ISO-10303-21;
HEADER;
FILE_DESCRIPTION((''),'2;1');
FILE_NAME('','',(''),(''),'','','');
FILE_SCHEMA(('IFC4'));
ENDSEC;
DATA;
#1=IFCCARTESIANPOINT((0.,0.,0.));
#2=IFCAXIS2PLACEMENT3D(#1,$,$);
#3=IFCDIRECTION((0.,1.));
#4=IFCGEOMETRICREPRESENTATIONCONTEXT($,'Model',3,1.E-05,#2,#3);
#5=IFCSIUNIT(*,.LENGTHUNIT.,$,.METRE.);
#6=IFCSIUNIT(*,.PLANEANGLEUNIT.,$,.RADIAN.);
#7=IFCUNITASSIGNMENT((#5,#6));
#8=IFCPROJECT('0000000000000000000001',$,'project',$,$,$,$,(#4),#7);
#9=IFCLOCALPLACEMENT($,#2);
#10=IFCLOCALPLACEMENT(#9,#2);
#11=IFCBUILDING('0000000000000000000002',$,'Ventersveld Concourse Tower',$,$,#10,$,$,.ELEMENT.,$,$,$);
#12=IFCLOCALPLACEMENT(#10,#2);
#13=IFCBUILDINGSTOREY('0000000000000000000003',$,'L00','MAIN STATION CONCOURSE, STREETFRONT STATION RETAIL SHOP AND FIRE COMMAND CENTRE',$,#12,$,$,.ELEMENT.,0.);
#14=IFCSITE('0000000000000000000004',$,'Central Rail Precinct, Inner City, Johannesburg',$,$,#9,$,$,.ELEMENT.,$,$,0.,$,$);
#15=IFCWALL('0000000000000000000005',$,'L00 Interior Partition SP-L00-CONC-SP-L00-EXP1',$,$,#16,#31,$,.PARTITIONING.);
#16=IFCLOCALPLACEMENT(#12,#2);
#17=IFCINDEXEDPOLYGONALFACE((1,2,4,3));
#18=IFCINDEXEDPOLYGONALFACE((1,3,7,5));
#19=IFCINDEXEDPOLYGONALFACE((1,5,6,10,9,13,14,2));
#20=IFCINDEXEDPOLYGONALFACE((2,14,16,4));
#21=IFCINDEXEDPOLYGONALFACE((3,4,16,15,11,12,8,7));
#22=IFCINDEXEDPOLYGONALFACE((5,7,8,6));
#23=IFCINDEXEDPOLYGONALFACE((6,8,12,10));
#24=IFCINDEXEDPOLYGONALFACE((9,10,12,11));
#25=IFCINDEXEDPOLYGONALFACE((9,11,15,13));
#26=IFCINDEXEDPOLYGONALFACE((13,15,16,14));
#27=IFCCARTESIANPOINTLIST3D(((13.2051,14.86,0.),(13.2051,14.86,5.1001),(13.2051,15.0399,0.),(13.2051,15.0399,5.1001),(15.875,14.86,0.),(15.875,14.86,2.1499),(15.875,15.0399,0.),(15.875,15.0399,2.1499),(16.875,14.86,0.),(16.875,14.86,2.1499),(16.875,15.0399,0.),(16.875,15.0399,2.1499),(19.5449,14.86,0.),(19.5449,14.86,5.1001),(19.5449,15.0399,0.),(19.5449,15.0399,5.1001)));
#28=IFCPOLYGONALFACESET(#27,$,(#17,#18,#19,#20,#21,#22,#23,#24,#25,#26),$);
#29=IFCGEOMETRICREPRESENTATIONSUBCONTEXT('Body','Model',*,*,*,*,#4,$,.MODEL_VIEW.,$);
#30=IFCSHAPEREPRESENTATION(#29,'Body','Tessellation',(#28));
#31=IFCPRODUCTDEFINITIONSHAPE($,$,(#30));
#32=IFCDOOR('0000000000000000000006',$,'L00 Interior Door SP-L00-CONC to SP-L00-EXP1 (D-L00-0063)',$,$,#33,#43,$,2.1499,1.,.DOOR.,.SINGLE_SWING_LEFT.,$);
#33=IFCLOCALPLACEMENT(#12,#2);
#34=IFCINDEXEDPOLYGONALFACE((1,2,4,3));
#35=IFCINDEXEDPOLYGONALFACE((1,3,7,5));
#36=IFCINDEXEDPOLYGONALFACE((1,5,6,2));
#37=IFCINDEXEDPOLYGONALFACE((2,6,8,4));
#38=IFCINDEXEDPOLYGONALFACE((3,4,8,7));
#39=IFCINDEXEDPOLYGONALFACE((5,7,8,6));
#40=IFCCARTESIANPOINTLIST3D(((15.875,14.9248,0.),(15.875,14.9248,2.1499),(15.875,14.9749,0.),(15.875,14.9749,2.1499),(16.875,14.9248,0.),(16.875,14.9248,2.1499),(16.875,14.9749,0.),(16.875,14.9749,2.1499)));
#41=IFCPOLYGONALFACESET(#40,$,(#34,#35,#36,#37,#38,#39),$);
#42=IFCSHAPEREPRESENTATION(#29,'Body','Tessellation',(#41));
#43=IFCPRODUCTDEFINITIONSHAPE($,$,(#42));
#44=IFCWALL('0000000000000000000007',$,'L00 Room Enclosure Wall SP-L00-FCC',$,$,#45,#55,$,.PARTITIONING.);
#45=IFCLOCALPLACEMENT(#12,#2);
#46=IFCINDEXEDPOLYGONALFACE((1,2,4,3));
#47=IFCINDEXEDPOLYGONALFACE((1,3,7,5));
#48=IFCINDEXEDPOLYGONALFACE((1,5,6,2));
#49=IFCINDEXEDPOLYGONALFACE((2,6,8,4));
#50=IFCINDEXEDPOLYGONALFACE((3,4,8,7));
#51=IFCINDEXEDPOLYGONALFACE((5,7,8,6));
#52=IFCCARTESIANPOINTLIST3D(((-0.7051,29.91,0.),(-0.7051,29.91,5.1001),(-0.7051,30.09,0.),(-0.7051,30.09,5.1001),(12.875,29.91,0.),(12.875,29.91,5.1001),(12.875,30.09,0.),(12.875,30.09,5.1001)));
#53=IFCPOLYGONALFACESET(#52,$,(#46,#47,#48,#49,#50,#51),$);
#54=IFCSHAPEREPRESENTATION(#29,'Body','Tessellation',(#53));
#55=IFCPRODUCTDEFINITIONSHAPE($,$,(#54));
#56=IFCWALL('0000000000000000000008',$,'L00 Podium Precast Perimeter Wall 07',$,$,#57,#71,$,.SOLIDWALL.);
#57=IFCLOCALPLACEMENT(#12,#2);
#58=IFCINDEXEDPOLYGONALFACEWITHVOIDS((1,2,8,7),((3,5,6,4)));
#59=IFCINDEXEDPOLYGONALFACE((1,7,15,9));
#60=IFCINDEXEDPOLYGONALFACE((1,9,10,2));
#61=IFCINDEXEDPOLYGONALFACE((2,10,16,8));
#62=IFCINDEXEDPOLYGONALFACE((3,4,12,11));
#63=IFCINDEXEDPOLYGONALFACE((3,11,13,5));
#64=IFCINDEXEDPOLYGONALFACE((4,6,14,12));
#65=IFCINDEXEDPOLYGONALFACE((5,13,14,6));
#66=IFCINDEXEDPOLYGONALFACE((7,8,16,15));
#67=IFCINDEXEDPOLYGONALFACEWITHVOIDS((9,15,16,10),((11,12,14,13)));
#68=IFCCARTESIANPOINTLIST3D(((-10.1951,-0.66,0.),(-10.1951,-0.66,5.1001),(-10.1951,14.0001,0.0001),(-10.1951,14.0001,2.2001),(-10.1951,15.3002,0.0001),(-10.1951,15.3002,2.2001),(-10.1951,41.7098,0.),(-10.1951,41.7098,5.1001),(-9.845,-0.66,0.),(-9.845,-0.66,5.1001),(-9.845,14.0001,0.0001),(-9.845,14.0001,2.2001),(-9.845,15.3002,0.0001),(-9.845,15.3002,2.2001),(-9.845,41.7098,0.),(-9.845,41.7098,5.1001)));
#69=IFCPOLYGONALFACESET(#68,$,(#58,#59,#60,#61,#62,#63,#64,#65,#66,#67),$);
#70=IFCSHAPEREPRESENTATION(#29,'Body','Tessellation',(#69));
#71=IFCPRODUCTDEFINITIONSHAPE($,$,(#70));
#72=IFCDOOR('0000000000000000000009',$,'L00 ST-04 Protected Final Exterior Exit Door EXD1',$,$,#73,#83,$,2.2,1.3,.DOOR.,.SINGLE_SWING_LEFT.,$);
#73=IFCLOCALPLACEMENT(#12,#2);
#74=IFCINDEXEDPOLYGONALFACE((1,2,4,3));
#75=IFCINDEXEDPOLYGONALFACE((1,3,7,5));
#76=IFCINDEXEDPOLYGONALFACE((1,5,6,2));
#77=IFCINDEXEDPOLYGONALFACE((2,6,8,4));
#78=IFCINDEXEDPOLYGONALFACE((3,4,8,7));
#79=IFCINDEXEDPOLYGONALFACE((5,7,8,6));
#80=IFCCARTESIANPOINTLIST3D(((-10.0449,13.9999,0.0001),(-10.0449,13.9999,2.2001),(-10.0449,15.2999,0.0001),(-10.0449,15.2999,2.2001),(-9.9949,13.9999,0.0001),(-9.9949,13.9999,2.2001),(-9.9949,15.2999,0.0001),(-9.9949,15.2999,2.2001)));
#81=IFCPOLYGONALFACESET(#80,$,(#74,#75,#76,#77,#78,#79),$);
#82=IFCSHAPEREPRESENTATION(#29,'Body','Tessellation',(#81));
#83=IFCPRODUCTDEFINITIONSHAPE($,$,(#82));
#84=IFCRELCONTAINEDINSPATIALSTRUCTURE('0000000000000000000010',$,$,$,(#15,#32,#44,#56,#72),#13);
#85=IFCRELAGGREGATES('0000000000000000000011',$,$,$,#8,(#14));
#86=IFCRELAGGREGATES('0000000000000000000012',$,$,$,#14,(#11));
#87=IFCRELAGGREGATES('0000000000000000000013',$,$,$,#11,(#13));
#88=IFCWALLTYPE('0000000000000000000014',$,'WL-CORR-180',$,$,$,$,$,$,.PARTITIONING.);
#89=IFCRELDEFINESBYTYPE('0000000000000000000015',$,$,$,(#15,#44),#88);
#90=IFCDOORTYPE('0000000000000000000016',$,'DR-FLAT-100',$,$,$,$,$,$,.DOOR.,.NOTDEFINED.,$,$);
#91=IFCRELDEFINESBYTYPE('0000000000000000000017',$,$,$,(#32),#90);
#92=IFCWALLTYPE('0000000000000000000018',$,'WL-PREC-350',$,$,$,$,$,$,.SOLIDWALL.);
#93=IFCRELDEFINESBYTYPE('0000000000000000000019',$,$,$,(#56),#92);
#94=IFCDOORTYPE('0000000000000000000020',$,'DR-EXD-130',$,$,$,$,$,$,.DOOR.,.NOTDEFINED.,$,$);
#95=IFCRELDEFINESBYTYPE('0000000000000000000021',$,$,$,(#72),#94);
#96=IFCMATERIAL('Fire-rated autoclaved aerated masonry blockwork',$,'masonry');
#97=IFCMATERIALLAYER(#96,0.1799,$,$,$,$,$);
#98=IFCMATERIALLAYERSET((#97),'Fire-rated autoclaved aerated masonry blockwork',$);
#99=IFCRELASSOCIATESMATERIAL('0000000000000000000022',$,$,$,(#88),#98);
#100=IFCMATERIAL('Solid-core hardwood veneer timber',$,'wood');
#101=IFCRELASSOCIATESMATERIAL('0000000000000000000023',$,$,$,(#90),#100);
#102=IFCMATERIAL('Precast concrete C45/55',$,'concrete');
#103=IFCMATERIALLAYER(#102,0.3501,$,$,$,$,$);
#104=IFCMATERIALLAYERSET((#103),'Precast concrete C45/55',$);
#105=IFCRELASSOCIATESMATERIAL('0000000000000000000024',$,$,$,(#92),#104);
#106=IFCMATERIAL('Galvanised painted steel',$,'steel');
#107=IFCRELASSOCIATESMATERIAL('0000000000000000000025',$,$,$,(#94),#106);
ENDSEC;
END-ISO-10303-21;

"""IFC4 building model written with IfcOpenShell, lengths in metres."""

from ifc_helpers import new_model, si_unit, direction, frame, frame_2d, origin, place, context, subcontext, project, spatial, rectangle, extrude, material, layer, layer_set, type_object, element, fill, save


model = new_model("IFC4")

# Units and contexts
model_context = context("Model", 3, precision=1e-05, world=origin(), true_north=direction((0.0, 1.0)))
body_context = subcontext(model_context, "Body", "Model", "MODEL_VIEW")
ifc_project = project(units=[si_unit("LENGTHUNIT", "METRE"), si_unit("PLANEANGLEUNIT", "RADIAN")], contexts=[model_context])

# Site, building, storey
site_placement = place(None, origin())
site = spatial("IfcSite", under=ifc_project, at=site_placement, Name="Central Rail Precinct, Inner City, Johannesburg", CompositionType="ELEMENT", RefElevation=0.0)
building_placement = place(site_placement, origin())
building = spatial("IfcBuilding", under=site, at=building_placement, Name="Ventersveld Concourse Tower", CompositionType="ELEMENT")
storey_placement = place(building_placement, origin())
storey = spatial("IfcBuildingStorey", under=building, at=storey_placement, Name="L00", Description="MAIN STATION CONCOURSE, STREETFRONT STATION RETAIL SHOP AND FIRE COMMAND CENTRE", CompositionType="ELEMENT", Elevation=0.0)

# Wall, opening, door
ifc_material_1 = material(Name="Fire-rated autoclaved aerated masonry blockwork", Category="masonry")
ifc_layer_1 = layer(ifc_material_1, 0.1799)
ifc_layer_set_1 = layer_set([ifc_layer_1], Name="Fire-rated autoclaved aerated masonry blockwork")
wall_type_1 = type_object("IfcWallType", Name="WL-CORR-180", PredefinedType="PARTITIONING", material=ifc_layer_set_1)
ifc_material_2 = material(Name="Galvanised painted steel", Category="steel")
wall_1_placement = place(storey_placement, frame((13.2051, 14.95, 0.0), z_axis=(0.0, 0.0, 1.0), x_axis=(1.0, 0.0, 0.0)))
wall_1 = element("IfcWall", 1, at=wall_1_placement, inside=storey, type_object=wall_type_1, Name="L00 Interior Partition SP-L00-CONC-SP-L00-EXP1", PredefinedType="PARTITIONING", context=body_context, shape_type="SweptSolid", body=[
    extrude(rectangle(XDim=6.3398, YDim=0.1799, at=frame_2d((3.1699, 0.0))), origin(), (0.0, 0.0, 1.0), 5.1001),
])
opening_1_placement = place(wall_1_placement, frame((2.6699, 0.0, 0.0)))
opening_1 = element("IfcOpeningElement", 2, at=opening_1_placement, cuts=wall_1, PredefinedType="OPENING", context=body_context, shape_type="SweptSolid", body=[
    extrude(rectangle(XDim=1.0, YDim=2.1499, at=frame_2d((0.5, 1.075))), frame((0.0, 0.1001, 0.0), z_axis=(0.0, -1.0, 0.0), x_axis=(1.0, 0.0, 0.0)), (0.0, 0.0, 1.0), 0.2),
])
ifc_material_3 = material(Name="Solid-core hardwood veneer timber", Category="wood")
door_type_1 = type_object("IfcDoorType", Name="DR-FLAT-100", OperationType="NOTDEFINED", PredefinedType="DOOR", material=ifc_material_3)
door_1_placement = place(opening_1_placement, origin())
door_1 = element("IfcDoor", 3, at=door_1_placement, inside=storey, type_object=door_type_1, Name="L00 Interior Door SP-L00-CONC to SP-L00-EXP1 (D-L00-0063)", OperationType="SINGLE_SWING_LEFT", OverallHeight=2.1499, OverallWidth=1.0, PredefinedType="DOOR", context=body_context, shape_type="SweptSolid", body=[
    extrude(rectangle(XDim=1.0, YDim=2.1499, at=frame_2d((0.5, 1.075))), frame((0.0, 0.0249, 0.0), z_axis=(0.0, -1.0, 0.0), x_axis=(1.0, 0.0, 0.0)), (0.0, 0.0, 1.0), 0.05),
])
fill(opening_1, door_1)

# Wall
wall_2_placement = place(storey_placement, frame((-0.7051, 30.0, 0.0), z_axis=(0.0, 0.0, 1.0), x_axis=(1.0, 0.0, 0.0)))
element("IfcWall", 4, at=wall_2_placement, inside=storey, type_object=wall_type_1, Name="L00 Room Enclosure Wall SP-L00-FCC", PredefinedType="PARTITIONING", context=body_context, shape_type="SweptSolid", body=[
    extrude(rectangle(XDim=13.5801, YDim=0.1799, at=frame_2d((6.79, 0.0))), origin(), (0.0, 0.0, 1.0), 5.1001),
])

# Wall, opening, door
ifc_material_4 = material(Name="Precast concrete C45/55", Category="concrete")
ifc_layer_2 = layer(ifc_material_4, 0.3501)
ifc_layer_set_2 = layer_set([ifc_layer_2], Name="Precast concrete C45/55")
wall_type_2 = type_object("IfcWallType", Name="WL-PREC-350", PredefinedType="SOLIDWALL", material=ifc_layer_set_2)
wall_3_placement = place(storey_placement, frame((-10.02, 41.71, 0.0), z_axis=(0.0, 0.0, 1.0), x_axis=(0.0, -1.0, 0.0)))
wall_3 = element("IfcWall", 5, at=wall_3_placement, inside=storey, type_object=wall_type_2, Name="L00 Podium Precast Perimeter Wall 07", PredefinedType="SOLIDWALL", context=body_context, shape_type="SweptSolid", body=[
    extrude(rectangle(XDim=42.3699, YDim=0.3501, at=frame_2d((21.1851, 0.0))), origin(), (0.0, 0.0, 1.0), 5.1001),
])
opening_2_placement = place(wall_3_placement, frame((26.4099, 0.0, 0.0)))
opening_2 = element("IfcOpeningElement", 6, at=opening_2_placement, cuts=wall_3, PredefinedType="OPENING", context=body_context, shape_type="SweptSolid", body=[
    extrude(rectangle(XDim=1.3, YDim=2.2, at=frame_2d((0.6499, 1.1001))), frame((0.0, 0.1851, 0.0), z_axis=(0.0, -1.0, 0.0), x_axis=(1.0, 0.0, 0.0)), (0.0, 0.0, 1.0), 0.3701),
])
door_type_2 = type_object("IfcDoorType", Name="DR-EXD-130", OperationType="NOTDEFINED", PredefinedType="DOOR", material=ifc_material_2)
door_2_placement = place(opening_2_placement, frame((1.3, 0.0, 0.0), z_axis=(0.0, 0.0, 1.0), x_axis=(-1.0, 0.0, 0.0)))
door_2 = element("IfcDoor", 7, at=door_2_placement, inside=storey, type_object=door_type_2, Name="L00 ST-04 Protected Final Exterior Exit Door EXD1", OperationType="SINGLE_SWING_LEFT", OverallHeight=2.2, OverallWidth=1.3, PredefinedType="DOOR", context=body_context, shape_type="SweptSolid", body=[
    extrude(rectangle(XDim=1.3, YDim=2.2, at=frame_2d((0.6499, 1.1001))), frame((0.0, 0.0249, 0.0), z_axis=(0.0, -1.0, 0.0), x_axis=(1.0, 0.0, 0.0)), (0.0, 0.0, 1.0), 0.05),
])
fill(opening_2, door_2)

save(model, "model.ifc")
